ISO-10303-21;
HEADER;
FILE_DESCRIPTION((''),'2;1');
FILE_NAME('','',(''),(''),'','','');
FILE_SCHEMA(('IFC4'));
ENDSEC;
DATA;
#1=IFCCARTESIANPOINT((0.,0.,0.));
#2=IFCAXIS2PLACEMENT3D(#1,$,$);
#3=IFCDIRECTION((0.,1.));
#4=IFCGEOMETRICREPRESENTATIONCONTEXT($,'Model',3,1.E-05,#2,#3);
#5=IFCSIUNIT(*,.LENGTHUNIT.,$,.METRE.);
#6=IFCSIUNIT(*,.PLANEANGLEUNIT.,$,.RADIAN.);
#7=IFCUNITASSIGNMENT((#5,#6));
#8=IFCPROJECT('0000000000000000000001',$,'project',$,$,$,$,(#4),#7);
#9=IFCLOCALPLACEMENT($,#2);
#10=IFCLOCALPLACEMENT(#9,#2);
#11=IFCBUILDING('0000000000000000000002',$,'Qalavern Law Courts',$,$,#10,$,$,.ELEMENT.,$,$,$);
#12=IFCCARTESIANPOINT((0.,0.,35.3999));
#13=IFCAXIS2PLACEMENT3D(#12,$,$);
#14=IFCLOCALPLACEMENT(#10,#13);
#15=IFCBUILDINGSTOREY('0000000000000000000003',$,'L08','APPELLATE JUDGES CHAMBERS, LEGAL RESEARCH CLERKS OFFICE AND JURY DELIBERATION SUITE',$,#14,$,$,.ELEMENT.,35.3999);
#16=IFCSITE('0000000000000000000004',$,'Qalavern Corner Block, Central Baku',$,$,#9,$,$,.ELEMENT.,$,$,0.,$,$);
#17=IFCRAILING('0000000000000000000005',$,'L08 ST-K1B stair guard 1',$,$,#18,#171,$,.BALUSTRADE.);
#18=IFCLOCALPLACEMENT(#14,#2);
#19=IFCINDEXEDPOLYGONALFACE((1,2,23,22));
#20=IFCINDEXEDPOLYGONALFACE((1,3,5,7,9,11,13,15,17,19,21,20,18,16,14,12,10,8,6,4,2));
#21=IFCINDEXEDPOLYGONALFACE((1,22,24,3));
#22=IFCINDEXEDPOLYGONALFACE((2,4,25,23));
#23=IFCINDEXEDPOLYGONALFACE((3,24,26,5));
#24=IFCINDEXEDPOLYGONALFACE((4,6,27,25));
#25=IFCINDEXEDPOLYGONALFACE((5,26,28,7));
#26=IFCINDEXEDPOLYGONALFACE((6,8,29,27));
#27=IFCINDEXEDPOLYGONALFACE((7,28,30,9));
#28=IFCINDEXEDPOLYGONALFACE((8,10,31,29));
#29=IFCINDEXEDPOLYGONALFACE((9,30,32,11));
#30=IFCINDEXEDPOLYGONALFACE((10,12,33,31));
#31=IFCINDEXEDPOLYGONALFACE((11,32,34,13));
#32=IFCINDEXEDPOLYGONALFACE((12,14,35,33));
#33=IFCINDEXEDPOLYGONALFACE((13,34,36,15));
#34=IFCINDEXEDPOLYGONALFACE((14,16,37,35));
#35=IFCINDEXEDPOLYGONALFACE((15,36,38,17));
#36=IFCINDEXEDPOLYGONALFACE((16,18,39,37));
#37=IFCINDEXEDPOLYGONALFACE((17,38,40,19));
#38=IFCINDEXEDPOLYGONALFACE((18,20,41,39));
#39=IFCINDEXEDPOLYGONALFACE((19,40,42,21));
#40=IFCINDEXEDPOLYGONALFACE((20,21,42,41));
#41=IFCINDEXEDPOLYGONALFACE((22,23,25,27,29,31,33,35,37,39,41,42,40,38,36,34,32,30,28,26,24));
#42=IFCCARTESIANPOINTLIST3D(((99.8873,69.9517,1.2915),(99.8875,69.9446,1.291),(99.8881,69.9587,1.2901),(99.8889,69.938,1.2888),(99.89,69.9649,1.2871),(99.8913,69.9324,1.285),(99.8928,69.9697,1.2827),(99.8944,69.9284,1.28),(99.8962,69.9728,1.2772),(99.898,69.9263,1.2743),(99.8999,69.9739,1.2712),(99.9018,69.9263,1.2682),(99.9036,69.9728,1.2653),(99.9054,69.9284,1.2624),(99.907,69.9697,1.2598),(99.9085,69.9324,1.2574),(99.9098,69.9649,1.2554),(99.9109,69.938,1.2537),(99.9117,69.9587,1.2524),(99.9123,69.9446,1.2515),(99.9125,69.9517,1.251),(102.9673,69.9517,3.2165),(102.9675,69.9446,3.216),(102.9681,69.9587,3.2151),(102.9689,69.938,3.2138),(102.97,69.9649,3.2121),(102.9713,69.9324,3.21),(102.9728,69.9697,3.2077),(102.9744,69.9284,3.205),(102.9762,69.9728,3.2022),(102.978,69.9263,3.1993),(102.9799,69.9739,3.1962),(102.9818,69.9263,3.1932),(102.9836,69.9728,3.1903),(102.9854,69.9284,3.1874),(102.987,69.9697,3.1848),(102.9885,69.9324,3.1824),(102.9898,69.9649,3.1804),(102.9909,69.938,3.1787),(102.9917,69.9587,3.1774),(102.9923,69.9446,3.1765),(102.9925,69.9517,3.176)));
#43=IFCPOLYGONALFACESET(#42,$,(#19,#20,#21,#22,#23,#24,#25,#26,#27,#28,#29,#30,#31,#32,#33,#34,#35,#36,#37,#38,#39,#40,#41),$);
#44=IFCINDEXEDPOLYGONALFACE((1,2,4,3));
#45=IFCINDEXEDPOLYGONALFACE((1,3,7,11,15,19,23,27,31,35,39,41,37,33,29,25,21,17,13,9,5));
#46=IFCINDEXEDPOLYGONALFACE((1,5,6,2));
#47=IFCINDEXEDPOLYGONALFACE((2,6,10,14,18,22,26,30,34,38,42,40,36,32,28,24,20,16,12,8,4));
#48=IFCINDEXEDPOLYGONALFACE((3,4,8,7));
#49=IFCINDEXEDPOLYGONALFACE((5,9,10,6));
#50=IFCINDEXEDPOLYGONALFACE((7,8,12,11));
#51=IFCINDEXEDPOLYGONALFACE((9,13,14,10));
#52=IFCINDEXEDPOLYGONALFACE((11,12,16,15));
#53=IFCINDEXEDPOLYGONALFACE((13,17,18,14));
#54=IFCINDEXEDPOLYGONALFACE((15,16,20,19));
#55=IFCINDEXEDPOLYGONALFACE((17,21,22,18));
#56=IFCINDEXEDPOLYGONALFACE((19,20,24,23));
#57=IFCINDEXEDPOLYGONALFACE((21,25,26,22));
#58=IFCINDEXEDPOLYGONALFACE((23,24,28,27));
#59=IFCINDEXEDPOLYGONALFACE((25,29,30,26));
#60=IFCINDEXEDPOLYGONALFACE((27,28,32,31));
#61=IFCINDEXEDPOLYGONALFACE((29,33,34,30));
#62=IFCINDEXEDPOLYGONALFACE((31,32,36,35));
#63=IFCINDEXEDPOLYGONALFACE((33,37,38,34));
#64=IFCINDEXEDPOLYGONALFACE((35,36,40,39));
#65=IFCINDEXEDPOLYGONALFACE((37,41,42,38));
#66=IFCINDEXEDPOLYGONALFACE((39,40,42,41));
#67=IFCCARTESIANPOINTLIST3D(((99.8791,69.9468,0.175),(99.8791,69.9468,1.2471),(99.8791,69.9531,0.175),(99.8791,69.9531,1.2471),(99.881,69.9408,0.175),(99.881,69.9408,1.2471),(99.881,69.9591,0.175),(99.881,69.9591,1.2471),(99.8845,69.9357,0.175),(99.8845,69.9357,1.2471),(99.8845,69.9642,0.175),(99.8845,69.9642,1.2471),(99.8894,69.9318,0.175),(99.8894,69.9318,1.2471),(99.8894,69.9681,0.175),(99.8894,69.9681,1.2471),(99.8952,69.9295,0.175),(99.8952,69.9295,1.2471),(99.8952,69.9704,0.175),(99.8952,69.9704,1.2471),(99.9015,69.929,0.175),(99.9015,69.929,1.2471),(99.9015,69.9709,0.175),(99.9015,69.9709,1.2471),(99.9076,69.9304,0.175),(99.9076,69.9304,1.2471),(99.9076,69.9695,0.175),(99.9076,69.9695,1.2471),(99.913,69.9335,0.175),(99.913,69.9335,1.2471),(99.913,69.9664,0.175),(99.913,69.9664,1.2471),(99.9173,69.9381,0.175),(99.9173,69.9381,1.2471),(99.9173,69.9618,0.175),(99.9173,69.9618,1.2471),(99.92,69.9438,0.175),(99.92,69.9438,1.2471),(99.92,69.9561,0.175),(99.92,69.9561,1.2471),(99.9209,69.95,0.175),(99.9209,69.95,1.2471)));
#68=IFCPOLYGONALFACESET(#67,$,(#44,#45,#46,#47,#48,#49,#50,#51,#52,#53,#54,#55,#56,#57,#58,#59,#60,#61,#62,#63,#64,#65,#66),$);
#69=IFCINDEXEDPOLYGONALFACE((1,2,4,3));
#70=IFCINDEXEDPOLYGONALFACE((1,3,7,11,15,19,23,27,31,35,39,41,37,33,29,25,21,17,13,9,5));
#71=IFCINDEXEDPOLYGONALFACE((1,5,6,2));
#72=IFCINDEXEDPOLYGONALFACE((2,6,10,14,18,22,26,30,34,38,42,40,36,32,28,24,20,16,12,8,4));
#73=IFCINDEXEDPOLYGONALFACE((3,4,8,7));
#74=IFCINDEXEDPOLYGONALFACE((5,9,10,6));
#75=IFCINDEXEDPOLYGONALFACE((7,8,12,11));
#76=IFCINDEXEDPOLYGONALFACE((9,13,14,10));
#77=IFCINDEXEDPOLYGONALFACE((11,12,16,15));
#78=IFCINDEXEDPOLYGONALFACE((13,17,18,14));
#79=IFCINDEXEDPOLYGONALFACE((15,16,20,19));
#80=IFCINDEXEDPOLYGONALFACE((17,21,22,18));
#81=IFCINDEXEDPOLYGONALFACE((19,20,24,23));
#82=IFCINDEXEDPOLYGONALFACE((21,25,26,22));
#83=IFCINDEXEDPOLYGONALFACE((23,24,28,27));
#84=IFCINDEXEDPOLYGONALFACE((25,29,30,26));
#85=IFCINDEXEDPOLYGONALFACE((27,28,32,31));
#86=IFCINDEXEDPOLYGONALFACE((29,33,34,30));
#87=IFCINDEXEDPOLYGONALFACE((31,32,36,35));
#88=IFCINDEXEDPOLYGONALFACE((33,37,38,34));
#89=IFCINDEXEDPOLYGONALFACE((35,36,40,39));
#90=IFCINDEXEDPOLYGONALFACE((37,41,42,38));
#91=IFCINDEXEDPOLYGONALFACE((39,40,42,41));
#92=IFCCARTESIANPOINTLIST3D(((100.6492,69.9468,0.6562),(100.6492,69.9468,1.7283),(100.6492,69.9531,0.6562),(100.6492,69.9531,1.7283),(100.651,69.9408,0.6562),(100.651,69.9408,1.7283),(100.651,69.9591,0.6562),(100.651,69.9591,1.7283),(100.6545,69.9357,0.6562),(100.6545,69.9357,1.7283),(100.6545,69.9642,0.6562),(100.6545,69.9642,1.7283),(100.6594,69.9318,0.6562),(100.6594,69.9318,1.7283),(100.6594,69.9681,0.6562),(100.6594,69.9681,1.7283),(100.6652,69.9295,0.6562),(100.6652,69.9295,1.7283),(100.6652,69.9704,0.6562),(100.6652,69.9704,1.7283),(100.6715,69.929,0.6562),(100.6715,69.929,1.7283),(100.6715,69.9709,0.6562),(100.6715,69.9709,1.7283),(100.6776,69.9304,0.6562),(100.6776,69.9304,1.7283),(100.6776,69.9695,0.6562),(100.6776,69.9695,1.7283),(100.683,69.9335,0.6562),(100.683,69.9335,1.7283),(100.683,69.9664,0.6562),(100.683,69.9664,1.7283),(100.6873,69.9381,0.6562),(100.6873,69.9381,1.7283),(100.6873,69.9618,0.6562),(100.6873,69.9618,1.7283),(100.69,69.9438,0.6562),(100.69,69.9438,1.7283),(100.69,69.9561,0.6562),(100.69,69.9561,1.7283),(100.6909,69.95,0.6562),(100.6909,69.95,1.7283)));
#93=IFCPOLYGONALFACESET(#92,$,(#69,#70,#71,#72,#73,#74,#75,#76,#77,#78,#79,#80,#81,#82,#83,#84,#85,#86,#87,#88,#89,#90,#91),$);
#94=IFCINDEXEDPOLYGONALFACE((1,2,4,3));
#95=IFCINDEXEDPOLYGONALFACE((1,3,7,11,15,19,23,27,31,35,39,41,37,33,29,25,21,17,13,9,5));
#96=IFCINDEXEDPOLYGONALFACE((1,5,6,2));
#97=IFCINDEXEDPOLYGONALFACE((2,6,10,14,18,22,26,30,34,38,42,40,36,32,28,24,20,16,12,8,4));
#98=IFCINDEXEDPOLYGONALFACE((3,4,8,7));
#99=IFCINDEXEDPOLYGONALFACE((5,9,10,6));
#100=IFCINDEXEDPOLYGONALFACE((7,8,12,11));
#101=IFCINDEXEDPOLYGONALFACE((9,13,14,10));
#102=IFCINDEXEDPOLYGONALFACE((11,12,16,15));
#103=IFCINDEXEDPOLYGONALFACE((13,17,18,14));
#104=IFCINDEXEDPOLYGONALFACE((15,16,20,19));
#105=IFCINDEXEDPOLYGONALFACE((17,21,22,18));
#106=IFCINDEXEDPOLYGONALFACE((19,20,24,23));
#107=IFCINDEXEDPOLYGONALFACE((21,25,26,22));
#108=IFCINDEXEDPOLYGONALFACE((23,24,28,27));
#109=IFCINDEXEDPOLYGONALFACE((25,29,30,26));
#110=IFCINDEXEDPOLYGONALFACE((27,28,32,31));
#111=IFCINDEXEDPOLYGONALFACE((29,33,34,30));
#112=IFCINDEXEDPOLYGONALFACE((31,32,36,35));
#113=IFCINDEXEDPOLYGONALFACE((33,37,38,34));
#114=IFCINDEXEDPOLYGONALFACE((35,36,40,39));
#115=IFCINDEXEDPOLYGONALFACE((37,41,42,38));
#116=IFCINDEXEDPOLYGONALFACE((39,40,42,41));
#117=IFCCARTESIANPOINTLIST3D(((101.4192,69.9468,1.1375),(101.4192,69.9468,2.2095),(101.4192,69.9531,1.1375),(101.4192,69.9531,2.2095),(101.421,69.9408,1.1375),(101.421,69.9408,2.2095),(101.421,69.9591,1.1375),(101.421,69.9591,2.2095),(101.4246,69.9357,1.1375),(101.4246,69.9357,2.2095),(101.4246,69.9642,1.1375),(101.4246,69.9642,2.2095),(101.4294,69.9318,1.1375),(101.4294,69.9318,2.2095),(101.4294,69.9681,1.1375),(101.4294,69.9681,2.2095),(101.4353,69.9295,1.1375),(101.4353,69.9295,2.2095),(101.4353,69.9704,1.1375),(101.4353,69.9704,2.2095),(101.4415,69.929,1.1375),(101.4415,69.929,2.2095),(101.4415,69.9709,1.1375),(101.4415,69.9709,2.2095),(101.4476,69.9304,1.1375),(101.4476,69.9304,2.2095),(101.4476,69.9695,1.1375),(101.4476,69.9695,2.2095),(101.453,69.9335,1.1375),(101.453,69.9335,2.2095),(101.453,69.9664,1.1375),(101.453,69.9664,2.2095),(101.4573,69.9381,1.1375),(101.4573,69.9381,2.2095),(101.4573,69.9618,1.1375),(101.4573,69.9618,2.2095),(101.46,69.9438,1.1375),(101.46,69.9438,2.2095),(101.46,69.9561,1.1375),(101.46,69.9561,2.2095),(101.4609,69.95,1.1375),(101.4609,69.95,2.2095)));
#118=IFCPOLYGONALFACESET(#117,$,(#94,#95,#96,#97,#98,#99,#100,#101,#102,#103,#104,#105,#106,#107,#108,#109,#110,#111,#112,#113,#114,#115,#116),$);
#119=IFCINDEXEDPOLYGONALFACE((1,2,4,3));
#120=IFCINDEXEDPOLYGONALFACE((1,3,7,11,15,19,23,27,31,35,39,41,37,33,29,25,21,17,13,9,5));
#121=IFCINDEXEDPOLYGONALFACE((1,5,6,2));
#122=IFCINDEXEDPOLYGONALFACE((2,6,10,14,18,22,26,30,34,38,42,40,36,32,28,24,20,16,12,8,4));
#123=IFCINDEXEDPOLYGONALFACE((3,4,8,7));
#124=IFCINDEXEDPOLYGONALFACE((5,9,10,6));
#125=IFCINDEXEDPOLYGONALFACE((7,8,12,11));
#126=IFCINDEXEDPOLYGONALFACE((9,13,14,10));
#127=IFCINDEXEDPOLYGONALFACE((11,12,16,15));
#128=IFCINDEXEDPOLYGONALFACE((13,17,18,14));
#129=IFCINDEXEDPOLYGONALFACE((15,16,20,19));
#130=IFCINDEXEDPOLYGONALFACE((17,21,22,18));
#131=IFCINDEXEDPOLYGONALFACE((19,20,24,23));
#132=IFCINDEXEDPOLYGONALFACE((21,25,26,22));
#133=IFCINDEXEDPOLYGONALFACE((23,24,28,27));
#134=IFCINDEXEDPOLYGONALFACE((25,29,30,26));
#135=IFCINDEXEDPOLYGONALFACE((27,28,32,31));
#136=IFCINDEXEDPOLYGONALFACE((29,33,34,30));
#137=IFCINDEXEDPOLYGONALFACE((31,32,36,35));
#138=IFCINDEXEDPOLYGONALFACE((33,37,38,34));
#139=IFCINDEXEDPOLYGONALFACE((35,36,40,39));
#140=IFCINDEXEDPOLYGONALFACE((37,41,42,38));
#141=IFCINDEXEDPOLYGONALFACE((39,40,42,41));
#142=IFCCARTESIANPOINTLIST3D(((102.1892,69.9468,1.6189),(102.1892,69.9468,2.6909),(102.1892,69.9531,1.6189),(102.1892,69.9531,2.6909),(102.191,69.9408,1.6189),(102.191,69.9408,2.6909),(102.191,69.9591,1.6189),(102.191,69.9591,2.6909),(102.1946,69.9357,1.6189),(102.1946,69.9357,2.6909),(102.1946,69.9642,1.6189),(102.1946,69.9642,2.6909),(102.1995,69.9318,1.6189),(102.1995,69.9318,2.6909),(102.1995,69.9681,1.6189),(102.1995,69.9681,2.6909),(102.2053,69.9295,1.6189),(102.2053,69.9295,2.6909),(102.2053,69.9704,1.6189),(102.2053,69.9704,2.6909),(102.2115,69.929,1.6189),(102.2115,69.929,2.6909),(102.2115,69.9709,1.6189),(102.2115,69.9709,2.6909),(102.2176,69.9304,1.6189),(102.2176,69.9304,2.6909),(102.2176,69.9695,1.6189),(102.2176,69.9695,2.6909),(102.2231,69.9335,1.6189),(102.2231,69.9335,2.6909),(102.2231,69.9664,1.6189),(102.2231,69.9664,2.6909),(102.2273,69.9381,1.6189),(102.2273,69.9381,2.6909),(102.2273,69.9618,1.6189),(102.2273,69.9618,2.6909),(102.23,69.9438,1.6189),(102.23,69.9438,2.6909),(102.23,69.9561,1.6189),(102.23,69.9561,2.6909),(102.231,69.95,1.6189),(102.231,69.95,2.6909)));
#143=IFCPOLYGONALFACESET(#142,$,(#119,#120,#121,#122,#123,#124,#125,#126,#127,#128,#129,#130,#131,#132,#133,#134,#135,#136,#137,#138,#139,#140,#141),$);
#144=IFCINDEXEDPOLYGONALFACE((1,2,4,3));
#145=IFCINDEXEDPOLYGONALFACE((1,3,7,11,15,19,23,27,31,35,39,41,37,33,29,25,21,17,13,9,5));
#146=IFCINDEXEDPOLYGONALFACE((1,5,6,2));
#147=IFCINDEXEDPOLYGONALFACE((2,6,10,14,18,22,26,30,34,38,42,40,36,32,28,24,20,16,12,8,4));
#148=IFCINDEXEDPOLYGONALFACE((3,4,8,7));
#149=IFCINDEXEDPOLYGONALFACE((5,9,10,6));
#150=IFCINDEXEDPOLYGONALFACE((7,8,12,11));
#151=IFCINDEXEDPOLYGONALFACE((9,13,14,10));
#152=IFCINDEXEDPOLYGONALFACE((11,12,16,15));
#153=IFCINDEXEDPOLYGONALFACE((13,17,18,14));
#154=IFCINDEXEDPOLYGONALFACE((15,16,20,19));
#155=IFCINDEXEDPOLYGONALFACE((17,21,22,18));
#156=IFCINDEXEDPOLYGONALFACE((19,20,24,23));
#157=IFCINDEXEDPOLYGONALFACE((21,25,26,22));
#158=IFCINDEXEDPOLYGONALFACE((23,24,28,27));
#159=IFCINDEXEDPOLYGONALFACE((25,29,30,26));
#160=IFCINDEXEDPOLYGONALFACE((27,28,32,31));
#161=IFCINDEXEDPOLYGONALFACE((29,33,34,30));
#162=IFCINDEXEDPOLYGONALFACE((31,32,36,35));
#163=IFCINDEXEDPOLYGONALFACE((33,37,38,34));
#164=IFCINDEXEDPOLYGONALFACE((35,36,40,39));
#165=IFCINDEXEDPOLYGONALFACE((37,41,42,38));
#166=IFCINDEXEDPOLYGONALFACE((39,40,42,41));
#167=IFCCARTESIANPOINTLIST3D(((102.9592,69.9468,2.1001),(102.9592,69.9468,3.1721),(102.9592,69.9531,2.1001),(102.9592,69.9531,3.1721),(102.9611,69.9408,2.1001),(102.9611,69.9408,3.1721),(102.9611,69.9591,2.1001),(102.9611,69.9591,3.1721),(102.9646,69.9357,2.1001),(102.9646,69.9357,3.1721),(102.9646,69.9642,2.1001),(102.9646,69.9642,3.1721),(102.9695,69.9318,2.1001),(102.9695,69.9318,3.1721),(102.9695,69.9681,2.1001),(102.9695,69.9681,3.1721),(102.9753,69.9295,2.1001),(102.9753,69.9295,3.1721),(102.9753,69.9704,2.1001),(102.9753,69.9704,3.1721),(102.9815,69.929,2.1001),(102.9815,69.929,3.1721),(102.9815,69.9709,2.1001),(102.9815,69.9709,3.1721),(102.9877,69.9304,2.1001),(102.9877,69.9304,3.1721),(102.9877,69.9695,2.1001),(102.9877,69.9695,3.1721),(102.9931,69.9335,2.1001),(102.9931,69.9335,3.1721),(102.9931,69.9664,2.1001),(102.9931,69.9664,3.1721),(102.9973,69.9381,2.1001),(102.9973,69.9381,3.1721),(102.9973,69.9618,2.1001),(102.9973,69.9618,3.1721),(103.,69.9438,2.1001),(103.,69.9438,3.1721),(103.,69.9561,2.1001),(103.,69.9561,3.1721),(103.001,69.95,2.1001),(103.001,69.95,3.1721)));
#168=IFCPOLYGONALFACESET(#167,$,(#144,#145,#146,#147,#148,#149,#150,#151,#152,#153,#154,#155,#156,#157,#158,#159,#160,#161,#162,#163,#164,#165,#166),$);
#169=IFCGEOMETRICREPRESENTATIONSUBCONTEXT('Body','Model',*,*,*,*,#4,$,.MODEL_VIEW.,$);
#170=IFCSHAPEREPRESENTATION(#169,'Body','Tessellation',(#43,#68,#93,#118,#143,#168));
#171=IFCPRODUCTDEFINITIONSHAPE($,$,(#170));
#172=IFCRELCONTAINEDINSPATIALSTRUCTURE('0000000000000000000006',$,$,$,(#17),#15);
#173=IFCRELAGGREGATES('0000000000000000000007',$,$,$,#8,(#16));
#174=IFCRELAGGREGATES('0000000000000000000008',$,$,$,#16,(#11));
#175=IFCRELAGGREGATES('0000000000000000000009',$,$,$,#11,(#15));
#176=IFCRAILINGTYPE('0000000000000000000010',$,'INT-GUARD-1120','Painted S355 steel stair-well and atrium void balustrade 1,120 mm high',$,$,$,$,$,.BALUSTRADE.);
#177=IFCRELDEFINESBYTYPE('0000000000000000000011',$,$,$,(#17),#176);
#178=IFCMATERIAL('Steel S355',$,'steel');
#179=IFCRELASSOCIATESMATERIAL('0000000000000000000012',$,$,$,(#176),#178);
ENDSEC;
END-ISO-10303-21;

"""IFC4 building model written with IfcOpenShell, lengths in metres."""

from ifc_helpers import new_model, si_unit, direction, frame, origin, origin_2d, place, context, subcontext, project, spatial, circle, extrude, material, type_object, element, save


model = new_model("IFC4")

# Units and contexts
model_context = context("Model", 3, precision=1e-05, world=origin(), true_north=direction((0.0, 1.0)))
body_context = subcontext(model_context, "Body", "Model", "MODEL_VIEW")
ifc_project = project(units=[si_unit("LENGTHUNIT", "METRE"), si_unit("PLANEANGLEUNIT", "RADIAN")], contexts=[model_context])

# Site, building, storey
site_placement = place(None, origin())
site = spatial("IfcSite", under=ifc_project, at=site_placement, Name="Qalavern Corner Block, Central Baku", CompositionType="ELEMENT", RefElevation=0.0)
building_placement = place(site_placement, origin())
building = spatial("IfcBuilding", under=site, at=building_placement, Name="Qalavern Law Courts", CompositionType="ELEMENT")
storey_placement = place(building_placement, frame((0.0, 0.0, 35.3999)))
storey = spatial("IfcBuildingStorey", under=building, at=storey_placement, Name="L08", Description="APPELLATE JUDGES CHAMBERS, LEGAL RESEARCH CLERKS OFFICE AND JURY DELIBERATION SUITE", CompositionType="ELEMENT", Elevation=35.3999)

# Shared definitions
ifc_material_1 = material(Name="Steel S355", Category="steel")

# Railing
railing_type_1 = type_object("IfcRailingType", Name="INT-GUARD-1120", Description="Painted S355 steel stair-well and atrium void balustrade 1,120 mm high", PredefinedType="BALUSTRADE", material=ifc_material_1)
railing_1_placement = place(storey_placement, frame((99.8999, 69.95, 0.175)))
element("IfcRailing", 1, at=railing_1_placement, inside=storey, type_object=railing_type_1, Name="L08 ST-K1B stair guard 1", PredefinedType="BALUSTRADE", context=body_context, shape_type="SweptSolid", body=[
    extrude(circle(Radius=0.0239, at=origin_2d()), frame((0.0, 0.0, 1.0962), z_axis=(0.847998, 0.0, 0.529999), x_axis=(0.0, 1.0, 0.0)), (0.0, 0.0, 1.0), 3.6321),
    extrude(circle(Radius=0.021, at=origin_2d()), origin(), (0.0, 0.0, 1.0), 1.072),
    extrude(circle(Radius=0.021, at=origin_2d()), frame((0.77, 0.0, 0.4812)), (0.0, 0.0, 1.0), 1.072),
    extrude(circle(Radius=0.021, at=origin_2d()), frame((1.54, 0.0, 0.9624)), (0.0, 0.0, 1.0), 1.072),
    extrude(circle(Radius=0.021, at=origin_2d()), frame((2.3101, 0.0, 1.4438)), (0.0, 0.0, 1.0), 1.072),
    extrude(circle(Radius=0.021, at=origin_2d()), frame((3.0801, 0.0, 1.925)), (0.0, 0.0, 1.0), 1.072),
])

save(model, "model.ifc")
